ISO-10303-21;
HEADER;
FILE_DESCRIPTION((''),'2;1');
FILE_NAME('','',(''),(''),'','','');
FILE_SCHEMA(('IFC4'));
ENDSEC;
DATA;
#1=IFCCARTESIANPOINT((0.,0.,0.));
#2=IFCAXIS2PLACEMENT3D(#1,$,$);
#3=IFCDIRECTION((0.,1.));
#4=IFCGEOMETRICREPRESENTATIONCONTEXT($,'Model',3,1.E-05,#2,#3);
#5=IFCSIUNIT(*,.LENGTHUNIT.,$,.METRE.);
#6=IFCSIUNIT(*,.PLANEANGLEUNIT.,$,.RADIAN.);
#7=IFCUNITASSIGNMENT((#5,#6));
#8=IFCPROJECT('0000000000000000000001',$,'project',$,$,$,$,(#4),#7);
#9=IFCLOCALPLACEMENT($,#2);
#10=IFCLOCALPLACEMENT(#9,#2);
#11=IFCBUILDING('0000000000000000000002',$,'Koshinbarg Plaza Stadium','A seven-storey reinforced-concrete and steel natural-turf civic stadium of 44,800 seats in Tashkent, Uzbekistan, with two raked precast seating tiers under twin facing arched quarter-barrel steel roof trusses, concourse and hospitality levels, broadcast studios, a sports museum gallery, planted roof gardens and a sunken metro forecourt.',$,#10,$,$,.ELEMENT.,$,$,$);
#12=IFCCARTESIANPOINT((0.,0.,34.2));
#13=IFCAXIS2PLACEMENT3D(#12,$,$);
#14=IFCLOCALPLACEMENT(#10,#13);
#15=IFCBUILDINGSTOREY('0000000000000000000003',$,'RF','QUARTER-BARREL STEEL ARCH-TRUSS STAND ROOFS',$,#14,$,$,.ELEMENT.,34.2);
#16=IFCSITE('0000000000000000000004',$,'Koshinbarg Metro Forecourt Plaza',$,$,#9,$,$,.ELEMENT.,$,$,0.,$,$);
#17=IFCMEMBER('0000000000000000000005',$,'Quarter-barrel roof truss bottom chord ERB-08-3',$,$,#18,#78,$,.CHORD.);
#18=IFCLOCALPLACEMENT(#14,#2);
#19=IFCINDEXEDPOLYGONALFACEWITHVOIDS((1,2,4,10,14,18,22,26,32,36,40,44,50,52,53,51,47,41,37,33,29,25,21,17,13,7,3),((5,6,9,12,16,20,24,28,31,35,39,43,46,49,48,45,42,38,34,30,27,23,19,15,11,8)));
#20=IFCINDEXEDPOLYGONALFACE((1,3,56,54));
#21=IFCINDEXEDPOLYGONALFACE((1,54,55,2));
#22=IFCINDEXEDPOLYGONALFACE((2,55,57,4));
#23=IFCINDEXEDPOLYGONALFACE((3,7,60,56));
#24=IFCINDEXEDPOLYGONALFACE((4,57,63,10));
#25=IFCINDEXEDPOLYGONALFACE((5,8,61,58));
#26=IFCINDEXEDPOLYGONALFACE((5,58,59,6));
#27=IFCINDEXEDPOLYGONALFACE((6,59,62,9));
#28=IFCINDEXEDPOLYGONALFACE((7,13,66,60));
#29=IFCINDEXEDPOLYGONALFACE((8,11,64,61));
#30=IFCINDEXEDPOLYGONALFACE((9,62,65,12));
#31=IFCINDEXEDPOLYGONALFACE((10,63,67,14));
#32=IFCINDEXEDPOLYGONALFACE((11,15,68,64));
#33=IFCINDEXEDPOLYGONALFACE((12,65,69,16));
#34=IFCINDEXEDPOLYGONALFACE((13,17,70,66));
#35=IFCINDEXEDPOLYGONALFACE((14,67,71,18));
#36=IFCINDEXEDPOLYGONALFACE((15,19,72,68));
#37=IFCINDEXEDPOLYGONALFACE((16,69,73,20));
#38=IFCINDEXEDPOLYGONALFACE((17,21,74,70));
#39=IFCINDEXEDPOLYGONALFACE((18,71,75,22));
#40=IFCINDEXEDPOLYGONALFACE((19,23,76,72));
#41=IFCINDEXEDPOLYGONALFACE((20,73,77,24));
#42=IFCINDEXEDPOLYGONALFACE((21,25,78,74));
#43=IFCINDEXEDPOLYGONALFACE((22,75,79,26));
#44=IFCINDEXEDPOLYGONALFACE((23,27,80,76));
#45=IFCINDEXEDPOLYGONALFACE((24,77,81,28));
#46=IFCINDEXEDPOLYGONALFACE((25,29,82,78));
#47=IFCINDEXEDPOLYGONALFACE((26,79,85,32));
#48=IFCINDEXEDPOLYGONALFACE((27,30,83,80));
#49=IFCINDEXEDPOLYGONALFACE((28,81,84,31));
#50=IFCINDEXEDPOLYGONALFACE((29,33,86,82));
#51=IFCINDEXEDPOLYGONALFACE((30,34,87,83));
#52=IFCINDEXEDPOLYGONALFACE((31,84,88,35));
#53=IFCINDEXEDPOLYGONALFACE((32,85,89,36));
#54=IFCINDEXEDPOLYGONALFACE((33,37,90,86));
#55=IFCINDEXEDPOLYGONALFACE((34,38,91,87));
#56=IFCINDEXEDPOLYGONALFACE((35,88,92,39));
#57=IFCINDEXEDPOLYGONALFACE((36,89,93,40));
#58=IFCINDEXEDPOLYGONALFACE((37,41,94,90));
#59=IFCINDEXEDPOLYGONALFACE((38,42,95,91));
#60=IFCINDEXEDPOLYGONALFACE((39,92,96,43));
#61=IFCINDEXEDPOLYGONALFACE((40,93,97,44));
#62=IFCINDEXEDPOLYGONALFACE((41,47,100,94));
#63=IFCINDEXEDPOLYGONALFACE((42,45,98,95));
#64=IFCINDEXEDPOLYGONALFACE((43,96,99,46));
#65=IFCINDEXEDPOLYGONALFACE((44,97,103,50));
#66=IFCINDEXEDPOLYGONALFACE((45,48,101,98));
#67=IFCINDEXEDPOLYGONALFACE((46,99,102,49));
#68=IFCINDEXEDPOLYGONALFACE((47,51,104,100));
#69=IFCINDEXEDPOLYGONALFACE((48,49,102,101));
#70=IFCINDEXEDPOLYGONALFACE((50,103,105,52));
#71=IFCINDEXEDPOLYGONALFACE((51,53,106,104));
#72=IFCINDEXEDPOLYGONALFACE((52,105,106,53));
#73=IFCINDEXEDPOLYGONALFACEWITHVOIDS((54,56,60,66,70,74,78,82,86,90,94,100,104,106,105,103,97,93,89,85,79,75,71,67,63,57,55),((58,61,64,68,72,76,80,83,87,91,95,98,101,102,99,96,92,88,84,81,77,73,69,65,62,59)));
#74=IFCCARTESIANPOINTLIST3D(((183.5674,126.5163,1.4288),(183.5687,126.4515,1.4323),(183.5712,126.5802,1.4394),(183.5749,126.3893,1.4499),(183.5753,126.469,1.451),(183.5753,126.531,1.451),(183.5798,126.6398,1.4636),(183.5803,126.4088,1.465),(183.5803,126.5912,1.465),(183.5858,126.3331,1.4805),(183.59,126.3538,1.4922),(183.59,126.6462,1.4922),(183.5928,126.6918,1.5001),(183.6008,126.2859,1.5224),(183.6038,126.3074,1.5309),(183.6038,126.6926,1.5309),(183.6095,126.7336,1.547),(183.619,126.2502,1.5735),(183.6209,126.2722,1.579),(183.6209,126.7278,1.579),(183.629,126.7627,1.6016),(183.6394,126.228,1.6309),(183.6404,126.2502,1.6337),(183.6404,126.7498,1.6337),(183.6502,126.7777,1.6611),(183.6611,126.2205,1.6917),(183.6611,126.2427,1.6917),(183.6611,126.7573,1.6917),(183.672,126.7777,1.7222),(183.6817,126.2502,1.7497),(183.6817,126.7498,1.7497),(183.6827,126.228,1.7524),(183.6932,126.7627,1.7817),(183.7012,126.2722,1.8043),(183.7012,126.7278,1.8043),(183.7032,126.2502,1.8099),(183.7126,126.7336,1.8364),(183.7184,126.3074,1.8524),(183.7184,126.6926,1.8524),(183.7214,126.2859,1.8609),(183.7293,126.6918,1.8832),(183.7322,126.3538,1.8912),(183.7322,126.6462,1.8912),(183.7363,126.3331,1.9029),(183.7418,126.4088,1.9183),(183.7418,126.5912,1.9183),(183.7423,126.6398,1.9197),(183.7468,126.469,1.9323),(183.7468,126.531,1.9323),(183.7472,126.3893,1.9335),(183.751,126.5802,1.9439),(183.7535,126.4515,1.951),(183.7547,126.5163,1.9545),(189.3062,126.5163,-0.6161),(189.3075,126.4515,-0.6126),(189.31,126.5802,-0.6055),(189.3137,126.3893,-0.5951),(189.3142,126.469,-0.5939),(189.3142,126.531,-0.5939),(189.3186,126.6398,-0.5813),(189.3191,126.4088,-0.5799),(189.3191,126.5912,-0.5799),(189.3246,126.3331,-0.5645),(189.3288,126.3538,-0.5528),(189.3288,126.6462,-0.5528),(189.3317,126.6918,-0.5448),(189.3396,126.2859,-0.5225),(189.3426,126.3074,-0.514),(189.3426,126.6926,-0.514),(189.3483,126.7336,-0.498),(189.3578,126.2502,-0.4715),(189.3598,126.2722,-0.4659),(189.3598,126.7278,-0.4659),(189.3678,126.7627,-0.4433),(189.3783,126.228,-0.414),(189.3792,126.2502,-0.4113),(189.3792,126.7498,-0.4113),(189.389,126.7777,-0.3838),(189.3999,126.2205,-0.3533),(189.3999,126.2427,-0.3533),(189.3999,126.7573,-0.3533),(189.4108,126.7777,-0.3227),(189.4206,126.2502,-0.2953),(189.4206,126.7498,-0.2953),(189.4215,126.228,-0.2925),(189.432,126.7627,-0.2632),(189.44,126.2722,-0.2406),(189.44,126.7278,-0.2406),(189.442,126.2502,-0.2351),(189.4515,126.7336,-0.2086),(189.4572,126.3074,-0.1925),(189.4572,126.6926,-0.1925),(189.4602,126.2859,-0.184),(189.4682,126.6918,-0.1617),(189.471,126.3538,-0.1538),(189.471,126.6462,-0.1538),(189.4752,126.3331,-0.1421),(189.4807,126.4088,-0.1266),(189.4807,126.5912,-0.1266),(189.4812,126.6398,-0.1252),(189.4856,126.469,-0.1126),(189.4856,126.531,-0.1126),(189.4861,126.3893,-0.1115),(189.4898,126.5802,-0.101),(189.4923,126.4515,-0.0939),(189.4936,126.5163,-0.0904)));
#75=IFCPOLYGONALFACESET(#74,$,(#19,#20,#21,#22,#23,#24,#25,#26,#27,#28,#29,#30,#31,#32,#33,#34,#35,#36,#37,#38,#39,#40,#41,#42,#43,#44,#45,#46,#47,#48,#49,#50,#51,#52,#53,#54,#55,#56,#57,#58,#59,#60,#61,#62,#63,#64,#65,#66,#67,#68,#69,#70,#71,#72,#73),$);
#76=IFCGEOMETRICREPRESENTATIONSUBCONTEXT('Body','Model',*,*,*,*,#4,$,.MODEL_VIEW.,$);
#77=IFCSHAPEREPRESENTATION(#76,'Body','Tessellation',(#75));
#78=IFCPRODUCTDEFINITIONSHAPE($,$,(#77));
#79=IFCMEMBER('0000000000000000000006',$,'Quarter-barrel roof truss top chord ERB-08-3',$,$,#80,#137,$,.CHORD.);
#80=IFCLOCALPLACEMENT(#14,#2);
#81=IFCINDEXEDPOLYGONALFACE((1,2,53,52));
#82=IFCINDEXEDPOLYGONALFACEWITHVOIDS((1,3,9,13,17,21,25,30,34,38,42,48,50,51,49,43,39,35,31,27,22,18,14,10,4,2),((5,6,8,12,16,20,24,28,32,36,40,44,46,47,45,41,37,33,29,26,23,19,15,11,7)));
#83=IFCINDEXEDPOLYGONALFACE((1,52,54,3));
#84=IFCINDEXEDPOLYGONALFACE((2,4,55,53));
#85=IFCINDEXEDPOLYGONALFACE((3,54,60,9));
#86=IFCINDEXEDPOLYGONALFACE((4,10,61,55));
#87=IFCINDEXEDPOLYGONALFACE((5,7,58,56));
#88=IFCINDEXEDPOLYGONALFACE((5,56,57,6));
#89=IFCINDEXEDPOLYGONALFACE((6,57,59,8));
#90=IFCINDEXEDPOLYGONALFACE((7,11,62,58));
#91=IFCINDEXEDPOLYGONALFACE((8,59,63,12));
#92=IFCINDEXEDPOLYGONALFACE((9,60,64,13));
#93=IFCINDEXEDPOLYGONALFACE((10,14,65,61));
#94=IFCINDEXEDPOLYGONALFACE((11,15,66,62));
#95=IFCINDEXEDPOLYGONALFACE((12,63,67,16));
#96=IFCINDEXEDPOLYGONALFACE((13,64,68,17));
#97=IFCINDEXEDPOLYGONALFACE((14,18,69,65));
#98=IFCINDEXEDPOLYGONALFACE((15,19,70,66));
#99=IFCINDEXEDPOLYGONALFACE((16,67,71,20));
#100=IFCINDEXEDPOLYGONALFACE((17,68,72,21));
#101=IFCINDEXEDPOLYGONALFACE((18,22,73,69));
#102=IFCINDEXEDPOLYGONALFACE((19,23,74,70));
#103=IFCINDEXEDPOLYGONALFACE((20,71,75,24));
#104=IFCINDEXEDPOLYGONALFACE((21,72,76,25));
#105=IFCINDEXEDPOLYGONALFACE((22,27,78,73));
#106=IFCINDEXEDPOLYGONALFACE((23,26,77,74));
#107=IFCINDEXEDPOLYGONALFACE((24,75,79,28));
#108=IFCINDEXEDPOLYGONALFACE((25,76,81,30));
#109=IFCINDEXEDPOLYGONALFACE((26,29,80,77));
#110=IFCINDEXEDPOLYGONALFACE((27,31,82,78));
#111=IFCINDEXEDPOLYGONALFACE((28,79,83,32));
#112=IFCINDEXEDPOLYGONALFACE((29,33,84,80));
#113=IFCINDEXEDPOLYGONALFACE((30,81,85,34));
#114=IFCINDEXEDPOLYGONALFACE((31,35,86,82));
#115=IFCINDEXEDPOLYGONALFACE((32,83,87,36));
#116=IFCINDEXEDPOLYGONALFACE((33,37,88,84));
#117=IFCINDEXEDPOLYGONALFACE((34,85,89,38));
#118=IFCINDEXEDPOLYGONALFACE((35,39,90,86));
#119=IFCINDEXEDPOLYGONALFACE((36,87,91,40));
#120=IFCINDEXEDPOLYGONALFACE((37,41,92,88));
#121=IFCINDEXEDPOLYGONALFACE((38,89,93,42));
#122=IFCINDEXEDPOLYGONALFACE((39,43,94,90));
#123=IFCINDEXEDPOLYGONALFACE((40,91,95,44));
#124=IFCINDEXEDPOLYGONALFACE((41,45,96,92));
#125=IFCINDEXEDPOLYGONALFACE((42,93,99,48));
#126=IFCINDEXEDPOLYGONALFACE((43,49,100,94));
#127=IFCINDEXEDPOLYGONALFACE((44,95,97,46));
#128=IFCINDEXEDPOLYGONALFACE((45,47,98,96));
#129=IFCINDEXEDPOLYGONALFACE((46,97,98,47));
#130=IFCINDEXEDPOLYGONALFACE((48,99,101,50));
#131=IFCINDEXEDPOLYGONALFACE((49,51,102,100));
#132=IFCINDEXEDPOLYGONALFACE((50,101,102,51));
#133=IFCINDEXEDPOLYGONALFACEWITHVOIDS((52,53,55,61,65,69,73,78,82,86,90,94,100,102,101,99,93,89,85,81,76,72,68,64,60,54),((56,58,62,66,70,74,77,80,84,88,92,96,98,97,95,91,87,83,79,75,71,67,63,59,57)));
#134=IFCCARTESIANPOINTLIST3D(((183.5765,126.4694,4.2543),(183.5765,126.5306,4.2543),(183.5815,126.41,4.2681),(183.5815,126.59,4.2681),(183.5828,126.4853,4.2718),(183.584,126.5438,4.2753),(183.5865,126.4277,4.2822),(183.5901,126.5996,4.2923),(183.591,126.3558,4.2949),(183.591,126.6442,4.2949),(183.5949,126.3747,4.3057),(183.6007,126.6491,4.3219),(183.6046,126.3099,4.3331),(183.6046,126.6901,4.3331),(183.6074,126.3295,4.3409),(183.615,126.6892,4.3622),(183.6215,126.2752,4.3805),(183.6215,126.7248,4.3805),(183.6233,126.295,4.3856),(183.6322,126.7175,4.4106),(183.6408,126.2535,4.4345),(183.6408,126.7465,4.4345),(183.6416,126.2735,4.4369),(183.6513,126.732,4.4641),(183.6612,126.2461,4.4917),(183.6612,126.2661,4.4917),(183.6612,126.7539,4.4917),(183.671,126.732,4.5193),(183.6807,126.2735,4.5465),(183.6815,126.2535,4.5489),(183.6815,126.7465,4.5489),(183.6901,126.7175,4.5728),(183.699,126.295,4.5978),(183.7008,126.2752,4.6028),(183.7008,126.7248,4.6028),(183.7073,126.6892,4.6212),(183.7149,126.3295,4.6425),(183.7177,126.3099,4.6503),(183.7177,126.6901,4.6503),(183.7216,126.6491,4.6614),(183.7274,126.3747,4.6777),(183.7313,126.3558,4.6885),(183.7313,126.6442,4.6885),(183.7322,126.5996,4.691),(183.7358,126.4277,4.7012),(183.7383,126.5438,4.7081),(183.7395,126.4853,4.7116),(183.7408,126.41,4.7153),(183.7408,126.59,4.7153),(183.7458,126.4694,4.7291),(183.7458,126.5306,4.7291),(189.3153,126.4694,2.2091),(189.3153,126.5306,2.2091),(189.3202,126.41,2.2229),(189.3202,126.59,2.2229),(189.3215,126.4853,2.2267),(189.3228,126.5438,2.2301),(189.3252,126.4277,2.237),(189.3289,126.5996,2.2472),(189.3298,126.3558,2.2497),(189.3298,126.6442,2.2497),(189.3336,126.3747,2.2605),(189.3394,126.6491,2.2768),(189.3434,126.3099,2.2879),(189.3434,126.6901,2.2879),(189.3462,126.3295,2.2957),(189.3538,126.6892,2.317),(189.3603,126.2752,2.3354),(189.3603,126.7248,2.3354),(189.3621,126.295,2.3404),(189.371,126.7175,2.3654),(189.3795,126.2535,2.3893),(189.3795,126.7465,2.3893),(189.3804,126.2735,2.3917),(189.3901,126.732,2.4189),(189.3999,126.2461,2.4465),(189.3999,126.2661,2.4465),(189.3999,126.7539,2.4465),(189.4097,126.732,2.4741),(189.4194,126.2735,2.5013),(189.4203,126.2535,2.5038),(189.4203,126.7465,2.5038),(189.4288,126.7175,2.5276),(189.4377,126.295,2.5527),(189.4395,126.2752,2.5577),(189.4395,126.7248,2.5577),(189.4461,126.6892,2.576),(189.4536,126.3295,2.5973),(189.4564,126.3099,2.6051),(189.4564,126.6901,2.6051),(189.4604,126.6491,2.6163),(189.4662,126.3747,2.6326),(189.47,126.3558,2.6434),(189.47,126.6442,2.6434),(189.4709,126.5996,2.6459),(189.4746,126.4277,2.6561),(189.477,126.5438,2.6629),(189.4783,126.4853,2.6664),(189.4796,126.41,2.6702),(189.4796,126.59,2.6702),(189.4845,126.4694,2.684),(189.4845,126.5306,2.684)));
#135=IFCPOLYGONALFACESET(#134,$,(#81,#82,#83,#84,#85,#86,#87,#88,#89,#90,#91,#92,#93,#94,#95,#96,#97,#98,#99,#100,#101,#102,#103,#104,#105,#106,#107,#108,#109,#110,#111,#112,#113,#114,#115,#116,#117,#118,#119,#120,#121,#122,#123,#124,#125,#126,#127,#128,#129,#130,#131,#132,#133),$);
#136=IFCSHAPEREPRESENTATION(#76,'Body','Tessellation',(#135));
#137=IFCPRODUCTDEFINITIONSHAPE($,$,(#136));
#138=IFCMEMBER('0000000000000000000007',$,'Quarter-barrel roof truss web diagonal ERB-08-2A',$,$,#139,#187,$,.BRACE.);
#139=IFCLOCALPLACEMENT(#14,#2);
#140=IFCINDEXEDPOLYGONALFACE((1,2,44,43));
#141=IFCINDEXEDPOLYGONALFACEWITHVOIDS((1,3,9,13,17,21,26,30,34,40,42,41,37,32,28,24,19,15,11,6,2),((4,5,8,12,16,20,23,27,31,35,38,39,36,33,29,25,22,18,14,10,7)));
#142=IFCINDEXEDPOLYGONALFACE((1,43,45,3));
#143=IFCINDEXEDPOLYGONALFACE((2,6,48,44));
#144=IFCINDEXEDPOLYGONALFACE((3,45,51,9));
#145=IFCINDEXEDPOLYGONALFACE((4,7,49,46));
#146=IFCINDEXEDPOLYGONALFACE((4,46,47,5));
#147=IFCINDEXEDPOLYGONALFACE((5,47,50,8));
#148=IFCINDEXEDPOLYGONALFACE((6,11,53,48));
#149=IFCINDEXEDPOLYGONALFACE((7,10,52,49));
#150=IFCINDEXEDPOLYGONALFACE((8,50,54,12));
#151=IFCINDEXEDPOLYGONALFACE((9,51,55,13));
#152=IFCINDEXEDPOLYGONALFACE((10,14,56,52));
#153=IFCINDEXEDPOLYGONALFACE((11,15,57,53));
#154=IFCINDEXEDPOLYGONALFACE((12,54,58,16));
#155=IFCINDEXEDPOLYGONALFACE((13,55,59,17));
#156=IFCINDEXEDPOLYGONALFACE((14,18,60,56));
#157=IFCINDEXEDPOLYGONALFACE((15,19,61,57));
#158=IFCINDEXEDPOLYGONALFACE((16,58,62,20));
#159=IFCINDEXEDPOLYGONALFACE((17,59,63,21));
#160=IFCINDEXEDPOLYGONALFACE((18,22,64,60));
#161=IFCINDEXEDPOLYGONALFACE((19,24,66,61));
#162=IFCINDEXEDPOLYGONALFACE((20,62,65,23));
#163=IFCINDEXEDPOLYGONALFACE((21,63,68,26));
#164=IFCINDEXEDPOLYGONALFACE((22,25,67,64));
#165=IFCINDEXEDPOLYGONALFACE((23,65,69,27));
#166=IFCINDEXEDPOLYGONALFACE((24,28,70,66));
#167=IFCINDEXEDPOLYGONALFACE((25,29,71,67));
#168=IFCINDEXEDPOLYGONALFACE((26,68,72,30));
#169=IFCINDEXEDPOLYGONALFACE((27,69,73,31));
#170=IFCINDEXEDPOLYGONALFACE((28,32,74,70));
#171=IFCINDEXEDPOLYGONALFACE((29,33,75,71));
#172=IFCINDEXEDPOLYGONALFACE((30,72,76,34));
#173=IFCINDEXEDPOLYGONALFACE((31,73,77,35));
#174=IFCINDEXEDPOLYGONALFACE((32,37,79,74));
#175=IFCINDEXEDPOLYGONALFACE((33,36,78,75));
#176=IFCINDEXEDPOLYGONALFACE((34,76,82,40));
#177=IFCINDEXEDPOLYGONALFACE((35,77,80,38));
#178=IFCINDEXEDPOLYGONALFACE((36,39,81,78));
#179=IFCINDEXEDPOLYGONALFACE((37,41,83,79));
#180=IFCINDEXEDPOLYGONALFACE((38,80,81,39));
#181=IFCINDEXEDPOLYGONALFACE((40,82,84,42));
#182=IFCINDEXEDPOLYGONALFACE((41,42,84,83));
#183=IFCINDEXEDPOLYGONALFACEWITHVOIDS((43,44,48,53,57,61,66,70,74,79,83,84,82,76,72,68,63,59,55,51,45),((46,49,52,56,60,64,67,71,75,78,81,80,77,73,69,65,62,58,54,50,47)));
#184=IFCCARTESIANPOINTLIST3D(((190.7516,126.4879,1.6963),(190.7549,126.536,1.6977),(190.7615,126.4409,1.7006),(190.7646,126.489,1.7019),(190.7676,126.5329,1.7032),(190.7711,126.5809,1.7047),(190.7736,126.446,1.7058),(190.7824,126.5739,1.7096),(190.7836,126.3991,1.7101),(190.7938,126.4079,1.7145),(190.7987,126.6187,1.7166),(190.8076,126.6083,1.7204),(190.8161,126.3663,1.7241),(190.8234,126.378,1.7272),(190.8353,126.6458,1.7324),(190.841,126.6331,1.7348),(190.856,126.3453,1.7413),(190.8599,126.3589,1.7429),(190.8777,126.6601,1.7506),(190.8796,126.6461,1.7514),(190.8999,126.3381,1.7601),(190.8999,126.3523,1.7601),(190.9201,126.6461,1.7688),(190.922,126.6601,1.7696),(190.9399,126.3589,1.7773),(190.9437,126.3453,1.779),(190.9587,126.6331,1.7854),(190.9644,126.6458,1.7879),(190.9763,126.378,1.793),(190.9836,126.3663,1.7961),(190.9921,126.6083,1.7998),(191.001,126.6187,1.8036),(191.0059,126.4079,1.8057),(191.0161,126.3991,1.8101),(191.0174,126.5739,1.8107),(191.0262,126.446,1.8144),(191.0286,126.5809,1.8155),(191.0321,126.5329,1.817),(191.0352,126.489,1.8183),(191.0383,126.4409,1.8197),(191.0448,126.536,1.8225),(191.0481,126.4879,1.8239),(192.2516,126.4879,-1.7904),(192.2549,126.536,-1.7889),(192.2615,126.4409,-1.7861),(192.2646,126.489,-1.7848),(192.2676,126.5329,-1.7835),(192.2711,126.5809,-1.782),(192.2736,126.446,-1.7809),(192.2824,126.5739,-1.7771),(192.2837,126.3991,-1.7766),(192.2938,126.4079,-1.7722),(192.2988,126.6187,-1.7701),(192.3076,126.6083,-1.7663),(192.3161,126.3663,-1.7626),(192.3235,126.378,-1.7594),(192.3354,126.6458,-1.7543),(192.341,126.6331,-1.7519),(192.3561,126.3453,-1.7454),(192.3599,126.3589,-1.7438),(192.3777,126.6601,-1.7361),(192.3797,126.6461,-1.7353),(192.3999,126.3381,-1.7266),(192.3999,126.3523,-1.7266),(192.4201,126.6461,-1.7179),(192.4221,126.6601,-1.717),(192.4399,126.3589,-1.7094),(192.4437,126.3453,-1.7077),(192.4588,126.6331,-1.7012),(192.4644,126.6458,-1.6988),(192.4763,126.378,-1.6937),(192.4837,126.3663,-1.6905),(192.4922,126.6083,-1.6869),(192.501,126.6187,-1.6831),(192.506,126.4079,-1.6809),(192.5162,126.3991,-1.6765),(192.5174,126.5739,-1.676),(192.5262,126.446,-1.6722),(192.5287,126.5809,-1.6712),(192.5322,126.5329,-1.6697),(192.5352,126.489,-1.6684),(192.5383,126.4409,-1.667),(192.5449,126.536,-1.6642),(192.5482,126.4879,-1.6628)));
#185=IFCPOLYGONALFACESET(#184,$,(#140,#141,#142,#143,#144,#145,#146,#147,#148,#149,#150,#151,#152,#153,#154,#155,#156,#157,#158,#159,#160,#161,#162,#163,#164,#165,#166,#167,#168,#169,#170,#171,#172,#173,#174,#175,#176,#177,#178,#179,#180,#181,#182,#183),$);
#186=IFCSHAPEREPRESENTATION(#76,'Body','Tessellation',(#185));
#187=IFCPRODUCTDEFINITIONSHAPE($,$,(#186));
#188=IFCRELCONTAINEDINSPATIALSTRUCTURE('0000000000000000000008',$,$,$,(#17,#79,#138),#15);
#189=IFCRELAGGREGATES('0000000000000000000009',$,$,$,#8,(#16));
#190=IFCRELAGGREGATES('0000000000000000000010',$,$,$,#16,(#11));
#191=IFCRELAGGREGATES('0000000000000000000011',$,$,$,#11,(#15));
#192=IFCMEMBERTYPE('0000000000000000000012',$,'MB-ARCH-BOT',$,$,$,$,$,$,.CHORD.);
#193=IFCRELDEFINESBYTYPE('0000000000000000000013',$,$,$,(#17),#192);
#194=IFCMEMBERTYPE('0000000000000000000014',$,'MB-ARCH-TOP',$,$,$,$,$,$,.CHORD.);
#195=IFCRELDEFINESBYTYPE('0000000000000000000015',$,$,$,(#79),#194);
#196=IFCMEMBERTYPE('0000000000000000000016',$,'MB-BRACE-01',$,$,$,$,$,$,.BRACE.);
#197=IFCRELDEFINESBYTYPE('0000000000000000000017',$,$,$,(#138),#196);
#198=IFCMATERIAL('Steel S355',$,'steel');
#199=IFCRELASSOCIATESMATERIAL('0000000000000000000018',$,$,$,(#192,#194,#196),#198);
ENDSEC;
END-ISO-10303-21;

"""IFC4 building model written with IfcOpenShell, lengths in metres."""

from ifc_helpers import new_model, si_unit, direction, frame, origin, origin_2d, place, context, subcontext, project, spatial, hollow_circle, extrude, material, material_profile, profile_set, type_object, element, save


model = new_model("IFC4")

# Units and contexts
model_context = context("Model", 3, precision=1e-05, world=origin(), true_north=direction((0.0, 1.0)))
body_context = subcontext(model_context, "Body", "Model", "MODEL_VIEW")
ifc_project = project(units=[si_unit("LENGTHUNIT", "METRE"), si_unit("PLANEANGLEUNIT", "RADIAN")], contexts=[model_context])

# Site, building, storey
site_placement = place(None, origin())
site = spatial("IfcSite", under=ifc_project, at=site_placement, Name="Koshinbarg Metro Forecourt Plaza", CompositionType="ELEMENT", RefElevation=0.0)
building_placement = place(site_placement, origin())
building = spatial("IfcBuilding", under=site, at=building_placement, Name="Koshinbarg Plaza Stadium", Description="A seven-storey reinforced-concrete and steel natural-turf civic stadium of 44,800 seats in Tashkent, Uzbekistan, with two raked precast seating tiers under twin facing arched quarter-barrel steel roof trusses, concourse and hospitality levels, broadcast studios, a sports museum gallery, planted roof gardens and a sunken metro forecourt.", CompositionType="ELEMENT")
storey_placement = place(building_placement, frame((0.0, 0.0, 34.2)))
storey = spatial("IfcBuildingStorey", under=building, at=storey_placement, Name="RF", Description="QUARTER-BARREL STEEL ARCH-TRUSS STAND ROOFS", CompositionType="ELEMENT", Elevation=34.2)

# Members
ifc_material_1 = material(Name="Steel S355", Category="steel")
ifc_material_profile_1 = material_profile(ifc_material_1, hollow_circle(Radius=0.2795, WallThickness=0.0222, at=origin_2d()), Name="CHS 559x22.2")
ifc_profile_set_1 = profile_set([ifc_material_profile_1], Name="Steel S355")
member_type_1 = type_object("IfcMemberType", Name="MB-ARCH-BOT", PredefinedType="CHORD", material=ifc_profile_set_1)
member_1_placement = place(storey_placement, frame((189.3999, 126.5, -0.3533), z_axis=(-0.941983, 0.0, 0.335661), x_axis=(0.0, -1.0, 0.0)))
element("IfcMember", 1, at=member_1_placement, inside=storey, type_object=member_type_1, Name="Quarter-barrel roof truss bottom chord ERB-08-3", PredefinedType="CHORD", context=body_context, shape_type="SweptSolid", body=[
    extrude(hollow_circle(Radius=0.2795, WallThickness=0.0222, at=origin_2d()), origin(), (0.0, 0.0, 1.0), 6.0923),
])
ifc_material_profile_2 = material_profile(ifc_material_1, hollow_circle(Radius=0.2539, WallThickness=0.02, at=origin_2d()), Name="CHS 508x20")
ifc_profile_set_2 = profile_set([ifc_material_profile_2], Name="Steel S355")
member_type_2 = type_object("IfcMemberType", Name="MB-ARCH-TOP", PredefinedType="CHORD", material=ifc_profile_set_2)
member_2_placement = place(storey_placement, frame((189.3999, 126.5, 2.4465), z_axis=(-0.94197, 0.0, 0.335697), x_axis=(0.0, -1.0, 0.0)))
element("IfcMember", 2, at=member_2_placement, inside=storey, type_object=member_type_2, Name="Quarter-barrel roof truss top chord ERB-08-3", PredefinedType="CHORD", context=body_context, shape_type="SweptSolid", body=[
    extrude(hollow_circle(Radius=0.2539, WallThickness=0.02, at=origin_2d()), origin(), (0.0, 0.0, 1.0), 6.0923),
])
ifc_material_profile_3 = material_profile(ifc_material_1, hollow_circle(Radius=0.1619, WallThickness=0.0142, at=origin_2d()), Name="CHS 323.9x14.2")
ifc_profile_set_3 = profile_set([ifc_material_profile_3], Name="Steel S355")
member_type_3 = type_object("IfcMemberType", Name="MB-BRACE-01", PredefinedType="BRACE", material=ifc_profile_set_3)
member_3_placement = place(storey_placement, frame((192.3999, 126.5, -1.7266), z_axis=(-0.3952, 0.0, 0.918595), x_axis=(0.0, -1.0, 0.0)))
element("IfcMember", 3, at=member_3_placement, inside=storey, type_object=member_type_3, Name="Quarter-barrel roof truss web diagonal ERB-08-2A", PredefinedType="BRACE", context=body_context, shape_type="SweptSolid", body=[
    extrude(hollow_circle(Radius=0.1619, WallThickness=0.0142, at=origin_2d()), origin(), (0.0, 0.0, 1.0), 3.7957),
])

save(model, "model.ifc")
